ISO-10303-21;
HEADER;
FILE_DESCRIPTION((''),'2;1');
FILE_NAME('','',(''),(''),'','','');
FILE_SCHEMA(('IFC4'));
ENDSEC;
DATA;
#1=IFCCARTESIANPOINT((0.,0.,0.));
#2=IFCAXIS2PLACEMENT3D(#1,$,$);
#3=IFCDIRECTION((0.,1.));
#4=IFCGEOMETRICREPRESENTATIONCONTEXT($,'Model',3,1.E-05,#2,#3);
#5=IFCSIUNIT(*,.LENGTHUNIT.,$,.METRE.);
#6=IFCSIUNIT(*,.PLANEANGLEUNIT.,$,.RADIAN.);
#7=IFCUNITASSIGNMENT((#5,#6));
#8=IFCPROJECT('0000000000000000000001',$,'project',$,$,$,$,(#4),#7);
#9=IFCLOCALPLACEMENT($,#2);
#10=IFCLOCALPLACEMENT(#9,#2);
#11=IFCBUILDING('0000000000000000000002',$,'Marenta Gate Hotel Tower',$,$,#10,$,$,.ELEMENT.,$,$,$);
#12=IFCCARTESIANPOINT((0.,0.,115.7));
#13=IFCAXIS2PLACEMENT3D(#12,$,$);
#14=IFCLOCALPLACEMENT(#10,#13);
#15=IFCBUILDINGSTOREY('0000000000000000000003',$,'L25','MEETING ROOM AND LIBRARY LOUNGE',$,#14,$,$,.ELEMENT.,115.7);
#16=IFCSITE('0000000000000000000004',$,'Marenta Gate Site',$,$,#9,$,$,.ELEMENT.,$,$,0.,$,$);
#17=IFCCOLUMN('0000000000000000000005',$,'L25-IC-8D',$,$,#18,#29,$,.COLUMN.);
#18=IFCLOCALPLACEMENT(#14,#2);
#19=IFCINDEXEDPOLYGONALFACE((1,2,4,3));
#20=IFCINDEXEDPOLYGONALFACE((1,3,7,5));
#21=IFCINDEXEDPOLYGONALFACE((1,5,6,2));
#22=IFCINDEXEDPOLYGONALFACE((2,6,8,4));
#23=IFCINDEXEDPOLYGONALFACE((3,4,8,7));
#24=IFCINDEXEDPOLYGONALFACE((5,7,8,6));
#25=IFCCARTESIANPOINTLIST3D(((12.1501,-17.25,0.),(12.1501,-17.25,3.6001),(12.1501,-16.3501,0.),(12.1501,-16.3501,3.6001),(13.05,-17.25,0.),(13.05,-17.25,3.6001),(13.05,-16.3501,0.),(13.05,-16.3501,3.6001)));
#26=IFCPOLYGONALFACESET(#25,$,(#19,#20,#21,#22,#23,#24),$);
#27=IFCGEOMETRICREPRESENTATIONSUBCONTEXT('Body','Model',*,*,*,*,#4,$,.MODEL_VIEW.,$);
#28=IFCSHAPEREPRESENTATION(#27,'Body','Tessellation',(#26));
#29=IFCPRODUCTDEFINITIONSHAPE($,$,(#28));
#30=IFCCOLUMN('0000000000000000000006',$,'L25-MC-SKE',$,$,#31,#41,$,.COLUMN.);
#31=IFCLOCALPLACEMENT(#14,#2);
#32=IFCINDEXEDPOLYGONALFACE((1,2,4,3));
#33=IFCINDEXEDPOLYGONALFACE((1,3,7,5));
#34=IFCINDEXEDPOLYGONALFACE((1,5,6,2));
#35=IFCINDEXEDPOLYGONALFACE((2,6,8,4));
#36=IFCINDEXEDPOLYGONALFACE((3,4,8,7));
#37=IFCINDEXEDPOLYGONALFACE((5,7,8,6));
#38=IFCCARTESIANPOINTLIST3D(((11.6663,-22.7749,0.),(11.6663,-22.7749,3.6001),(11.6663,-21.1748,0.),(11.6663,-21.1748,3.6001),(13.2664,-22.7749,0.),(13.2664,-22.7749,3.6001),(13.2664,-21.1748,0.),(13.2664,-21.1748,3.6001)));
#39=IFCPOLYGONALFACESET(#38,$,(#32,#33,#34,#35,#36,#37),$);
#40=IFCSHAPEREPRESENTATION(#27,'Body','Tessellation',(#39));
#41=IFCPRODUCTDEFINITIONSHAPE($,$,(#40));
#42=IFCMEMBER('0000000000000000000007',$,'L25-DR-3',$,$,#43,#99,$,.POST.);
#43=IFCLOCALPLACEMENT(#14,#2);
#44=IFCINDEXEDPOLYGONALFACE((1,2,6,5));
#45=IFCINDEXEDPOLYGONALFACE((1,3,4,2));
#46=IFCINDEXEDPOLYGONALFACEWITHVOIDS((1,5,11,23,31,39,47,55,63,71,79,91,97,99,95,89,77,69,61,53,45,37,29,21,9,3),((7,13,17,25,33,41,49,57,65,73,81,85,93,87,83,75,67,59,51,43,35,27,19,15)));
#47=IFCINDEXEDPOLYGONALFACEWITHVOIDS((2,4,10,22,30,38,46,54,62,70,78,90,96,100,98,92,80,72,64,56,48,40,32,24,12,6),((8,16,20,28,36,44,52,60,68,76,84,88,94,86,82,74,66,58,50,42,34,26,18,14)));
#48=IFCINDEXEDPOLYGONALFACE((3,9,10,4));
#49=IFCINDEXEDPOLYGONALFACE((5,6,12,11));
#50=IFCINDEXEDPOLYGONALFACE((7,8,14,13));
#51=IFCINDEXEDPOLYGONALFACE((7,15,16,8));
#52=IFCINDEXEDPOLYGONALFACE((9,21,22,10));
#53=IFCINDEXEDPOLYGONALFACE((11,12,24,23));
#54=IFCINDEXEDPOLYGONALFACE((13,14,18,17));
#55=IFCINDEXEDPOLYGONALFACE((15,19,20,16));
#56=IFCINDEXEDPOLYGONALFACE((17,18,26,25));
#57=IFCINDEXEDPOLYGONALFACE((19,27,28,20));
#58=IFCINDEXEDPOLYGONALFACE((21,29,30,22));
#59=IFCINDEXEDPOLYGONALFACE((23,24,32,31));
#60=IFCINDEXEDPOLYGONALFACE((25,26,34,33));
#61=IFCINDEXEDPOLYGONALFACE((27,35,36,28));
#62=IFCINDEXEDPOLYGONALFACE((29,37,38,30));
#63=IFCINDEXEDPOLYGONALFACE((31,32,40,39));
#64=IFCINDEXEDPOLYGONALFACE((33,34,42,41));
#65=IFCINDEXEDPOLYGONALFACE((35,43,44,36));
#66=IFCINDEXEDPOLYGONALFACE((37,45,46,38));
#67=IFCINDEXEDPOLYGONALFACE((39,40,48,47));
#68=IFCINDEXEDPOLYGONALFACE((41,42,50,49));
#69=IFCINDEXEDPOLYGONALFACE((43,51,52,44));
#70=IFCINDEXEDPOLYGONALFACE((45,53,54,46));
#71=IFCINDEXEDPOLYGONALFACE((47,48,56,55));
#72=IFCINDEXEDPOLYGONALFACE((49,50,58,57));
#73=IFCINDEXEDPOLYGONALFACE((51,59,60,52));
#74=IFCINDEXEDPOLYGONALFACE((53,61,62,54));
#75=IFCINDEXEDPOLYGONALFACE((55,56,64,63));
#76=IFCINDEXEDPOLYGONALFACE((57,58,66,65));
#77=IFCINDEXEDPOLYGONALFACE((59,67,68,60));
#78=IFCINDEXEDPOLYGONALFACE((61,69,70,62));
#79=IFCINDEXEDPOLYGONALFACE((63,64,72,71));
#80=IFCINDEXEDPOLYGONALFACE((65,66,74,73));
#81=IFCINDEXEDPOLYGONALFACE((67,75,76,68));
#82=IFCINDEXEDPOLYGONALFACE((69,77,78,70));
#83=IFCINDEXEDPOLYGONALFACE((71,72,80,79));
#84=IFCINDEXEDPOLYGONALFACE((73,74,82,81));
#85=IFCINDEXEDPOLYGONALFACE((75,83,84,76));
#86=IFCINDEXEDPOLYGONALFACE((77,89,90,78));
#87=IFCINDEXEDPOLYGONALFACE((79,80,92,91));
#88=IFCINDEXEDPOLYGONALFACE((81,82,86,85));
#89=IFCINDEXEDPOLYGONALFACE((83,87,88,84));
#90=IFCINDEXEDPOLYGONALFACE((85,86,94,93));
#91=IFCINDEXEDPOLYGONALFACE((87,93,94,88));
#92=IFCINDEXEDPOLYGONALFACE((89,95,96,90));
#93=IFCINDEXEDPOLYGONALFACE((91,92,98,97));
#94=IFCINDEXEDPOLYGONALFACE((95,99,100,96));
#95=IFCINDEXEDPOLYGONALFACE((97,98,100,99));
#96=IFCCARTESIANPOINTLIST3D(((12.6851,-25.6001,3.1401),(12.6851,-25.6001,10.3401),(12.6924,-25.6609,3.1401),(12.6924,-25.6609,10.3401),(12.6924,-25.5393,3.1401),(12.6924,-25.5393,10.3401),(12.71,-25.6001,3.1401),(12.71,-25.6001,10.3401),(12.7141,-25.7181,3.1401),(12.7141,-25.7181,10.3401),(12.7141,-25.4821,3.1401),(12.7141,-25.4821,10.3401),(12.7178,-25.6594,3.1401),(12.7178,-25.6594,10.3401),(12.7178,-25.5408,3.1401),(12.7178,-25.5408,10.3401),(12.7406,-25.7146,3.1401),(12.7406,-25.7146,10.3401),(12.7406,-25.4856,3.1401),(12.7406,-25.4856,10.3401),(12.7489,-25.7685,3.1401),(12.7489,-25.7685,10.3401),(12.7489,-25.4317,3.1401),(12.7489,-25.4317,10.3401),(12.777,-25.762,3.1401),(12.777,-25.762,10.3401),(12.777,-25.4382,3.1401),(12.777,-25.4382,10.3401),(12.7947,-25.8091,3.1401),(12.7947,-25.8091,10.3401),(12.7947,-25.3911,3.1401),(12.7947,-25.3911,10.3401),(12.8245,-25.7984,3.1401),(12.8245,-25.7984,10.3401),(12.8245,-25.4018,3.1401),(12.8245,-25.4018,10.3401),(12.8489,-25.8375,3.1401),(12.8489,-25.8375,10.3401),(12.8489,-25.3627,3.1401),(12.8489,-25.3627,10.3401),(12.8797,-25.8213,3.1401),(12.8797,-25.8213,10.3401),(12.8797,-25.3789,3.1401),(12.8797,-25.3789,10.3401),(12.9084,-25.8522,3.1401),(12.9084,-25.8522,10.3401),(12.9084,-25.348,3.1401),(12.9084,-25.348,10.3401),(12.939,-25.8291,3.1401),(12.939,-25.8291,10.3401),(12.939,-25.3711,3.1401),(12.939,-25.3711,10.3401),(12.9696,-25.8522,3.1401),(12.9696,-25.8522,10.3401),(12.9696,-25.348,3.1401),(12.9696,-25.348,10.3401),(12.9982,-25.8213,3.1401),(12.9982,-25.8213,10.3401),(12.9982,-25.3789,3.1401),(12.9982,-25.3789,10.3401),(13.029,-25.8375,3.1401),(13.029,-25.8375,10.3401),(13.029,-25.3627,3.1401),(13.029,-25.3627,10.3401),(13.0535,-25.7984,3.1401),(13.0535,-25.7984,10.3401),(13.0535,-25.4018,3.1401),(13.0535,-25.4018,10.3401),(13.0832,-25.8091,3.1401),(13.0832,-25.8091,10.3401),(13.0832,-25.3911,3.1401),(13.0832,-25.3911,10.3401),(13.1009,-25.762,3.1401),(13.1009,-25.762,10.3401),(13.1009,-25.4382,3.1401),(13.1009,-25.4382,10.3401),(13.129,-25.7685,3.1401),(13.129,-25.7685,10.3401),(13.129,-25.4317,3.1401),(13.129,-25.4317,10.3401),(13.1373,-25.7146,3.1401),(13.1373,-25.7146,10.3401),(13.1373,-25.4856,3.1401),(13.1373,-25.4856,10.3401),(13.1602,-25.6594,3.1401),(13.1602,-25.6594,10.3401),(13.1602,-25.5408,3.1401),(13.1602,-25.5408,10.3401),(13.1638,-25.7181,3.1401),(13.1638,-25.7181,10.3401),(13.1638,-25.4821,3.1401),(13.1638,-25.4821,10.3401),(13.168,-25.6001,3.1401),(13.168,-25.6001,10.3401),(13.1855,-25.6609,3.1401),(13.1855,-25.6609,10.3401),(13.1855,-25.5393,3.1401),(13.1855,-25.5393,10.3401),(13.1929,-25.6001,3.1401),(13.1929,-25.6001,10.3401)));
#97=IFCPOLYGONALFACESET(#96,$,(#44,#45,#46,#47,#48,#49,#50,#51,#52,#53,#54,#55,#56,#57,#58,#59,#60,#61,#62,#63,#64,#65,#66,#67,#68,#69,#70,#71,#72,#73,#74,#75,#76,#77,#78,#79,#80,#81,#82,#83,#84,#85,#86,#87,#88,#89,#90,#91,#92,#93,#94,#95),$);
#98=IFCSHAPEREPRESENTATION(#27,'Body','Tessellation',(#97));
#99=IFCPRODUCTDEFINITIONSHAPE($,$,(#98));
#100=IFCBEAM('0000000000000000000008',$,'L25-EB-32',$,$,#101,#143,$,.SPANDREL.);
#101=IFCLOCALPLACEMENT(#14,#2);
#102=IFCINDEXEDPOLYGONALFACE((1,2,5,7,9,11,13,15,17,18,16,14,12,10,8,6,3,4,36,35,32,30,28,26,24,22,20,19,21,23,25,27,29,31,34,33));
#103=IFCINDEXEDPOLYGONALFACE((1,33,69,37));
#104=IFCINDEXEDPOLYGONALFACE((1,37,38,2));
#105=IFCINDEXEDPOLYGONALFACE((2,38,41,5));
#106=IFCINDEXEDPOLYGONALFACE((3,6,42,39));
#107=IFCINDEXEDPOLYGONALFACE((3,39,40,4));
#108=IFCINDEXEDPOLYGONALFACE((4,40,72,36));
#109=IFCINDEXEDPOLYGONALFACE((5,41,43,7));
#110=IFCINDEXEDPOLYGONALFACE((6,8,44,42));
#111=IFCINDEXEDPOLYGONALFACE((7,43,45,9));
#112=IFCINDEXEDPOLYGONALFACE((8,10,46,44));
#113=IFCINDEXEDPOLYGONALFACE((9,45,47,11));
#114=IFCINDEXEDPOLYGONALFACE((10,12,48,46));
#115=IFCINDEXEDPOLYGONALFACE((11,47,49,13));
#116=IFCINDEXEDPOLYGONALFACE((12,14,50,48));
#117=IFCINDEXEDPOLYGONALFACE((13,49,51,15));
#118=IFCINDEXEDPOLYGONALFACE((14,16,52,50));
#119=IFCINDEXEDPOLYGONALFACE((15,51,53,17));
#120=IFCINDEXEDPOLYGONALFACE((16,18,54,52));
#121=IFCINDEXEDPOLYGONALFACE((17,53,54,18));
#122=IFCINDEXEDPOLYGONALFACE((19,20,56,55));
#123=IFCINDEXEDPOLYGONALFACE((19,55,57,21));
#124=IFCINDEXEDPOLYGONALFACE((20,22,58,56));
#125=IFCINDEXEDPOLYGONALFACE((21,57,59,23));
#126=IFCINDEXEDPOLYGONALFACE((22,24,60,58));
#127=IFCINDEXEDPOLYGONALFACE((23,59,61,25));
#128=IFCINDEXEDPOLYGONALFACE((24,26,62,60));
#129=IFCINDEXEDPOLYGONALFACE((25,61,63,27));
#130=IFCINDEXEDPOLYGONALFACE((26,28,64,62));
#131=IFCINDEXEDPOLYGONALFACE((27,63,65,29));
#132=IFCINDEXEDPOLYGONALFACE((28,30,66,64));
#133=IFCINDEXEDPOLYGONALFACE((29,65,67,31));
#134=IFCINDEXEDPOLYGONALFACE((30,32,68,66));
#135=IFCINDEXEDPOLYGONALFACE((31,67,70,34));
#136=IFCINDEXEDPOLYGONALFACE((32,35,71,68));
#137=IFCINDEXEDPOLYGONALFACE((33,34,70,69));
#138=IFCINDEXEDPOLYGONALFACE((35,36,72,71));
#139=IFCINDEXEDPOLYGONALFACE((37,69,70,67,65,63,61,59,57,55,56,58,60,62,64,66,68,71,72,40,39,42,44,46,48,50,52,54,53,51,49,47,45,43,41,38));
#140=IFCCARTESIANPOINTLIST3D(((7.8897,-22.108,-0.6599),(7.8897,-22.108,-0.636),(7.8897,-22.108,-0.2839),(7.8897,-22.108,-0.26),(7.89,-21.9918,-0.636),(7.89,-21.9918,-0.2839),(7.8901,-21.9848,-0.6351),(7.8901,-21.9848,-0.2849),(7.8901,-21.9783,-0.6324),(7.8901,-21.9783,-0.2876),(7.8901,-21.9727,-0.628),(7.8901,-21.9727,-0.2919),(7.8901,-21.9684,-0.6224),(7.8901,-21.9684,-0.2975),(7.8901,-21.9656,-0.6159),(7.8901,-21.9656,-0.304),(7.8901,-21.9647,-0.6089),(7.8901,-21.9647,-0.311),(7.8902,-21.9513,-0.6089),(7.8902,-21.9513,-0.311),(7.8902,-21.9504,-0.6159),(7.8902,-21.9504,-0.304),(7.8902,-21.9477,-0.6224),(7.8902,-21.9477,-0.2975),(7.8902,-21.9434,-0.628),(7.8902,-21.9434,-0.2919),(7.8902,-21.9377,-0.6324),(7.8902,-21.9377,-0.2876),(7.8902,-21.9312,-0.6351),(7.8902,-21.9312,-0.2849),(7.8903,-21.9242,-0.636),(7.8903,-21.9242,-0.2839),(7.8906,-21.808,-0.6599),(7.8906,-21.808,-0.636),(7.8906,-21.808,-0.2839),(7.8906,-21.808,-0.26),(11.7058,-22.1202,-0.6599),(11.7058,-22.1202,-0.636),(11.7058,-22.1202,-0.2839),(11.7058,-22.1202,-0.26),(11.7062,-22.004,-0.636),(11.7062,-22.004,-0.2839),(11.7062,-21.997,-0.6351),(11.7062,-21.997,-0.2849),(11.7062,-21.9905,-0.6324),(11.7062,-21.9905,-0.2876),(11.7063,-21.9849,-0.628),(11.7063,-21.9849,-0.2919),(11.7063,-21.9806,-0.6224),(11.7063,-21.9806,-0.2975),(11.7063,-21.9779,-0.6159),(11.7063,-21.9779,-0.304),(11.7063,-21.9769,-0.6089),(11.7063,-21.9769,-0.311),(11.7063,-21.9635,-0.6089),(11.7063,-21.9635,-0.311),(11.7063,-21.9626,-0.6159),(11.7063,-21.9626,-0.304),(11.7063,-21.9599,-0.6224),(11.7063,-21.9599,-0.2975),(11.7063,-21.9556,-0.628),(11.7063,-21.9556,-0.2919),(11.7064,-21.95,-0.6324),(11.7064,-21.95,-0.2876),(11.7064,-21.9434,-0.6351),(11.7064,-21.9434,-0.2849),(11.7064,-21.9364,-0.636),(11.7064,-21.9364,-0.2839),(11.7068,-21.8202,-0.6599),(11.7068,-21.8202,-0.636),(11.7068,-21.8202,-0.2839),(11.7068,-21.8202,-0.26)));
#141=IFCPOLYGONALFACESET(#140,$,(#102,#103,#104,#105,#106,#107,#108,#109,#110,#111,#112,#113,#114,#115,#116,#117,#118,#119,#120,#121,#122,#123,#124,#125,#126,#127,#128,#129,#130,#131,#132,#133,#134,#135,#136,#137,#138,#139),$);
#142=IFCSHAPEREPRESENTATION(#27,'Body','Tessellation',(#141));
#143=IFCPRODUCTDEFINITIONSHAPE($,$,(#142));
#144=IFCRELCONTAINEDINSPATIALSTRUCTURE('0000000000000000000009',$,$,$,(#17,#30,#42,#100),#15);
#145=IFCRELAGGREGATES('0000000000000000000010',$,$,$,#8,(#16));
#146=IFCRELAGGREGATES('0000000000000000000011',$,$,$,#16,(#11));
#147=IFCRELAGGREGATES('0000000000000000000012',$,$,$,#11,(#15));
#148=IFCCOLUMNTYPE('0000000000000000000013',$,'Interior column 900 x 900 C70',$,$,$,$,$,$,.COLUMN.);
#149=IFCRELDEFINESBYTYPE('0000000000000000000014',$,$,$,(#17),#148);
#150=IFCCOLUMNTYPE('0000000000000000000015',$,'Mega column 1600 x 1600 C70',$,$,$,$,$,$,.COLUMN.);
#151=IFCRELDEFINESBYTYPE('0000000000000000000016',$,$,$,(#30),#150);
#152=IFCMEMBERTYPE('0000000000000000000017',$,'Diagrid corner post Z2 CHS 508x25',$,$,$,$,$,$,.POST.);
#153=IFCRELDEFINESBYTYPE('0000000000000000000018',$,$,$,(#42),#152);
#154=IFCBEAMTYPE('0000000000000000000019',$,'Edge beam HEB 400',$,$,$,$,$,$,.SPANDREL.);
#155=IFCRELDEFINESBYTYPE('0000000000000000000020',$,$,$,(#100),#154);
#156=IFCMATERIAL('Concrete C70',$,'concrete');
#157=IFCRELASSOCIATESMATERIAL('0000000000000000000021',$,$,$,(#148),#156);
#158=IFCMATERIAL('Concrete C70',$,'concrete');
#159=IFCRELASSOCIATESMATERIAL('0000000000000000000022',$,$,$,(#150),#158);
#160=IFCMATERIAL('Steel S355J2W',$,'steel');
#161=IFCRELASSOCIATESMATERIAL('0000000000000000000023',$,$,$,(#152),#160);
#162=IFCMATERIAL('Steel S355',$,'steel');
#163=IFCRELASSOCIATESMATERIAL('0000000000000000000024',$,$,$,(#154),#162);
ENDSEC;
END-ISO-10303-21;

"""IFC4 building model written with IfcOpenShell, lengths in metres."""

from ifc_helpers import new_model, si_unit, direction, frame, origin, origin_2d, place, context, subcontext, project, spatial, rectangle, hollow_circle, i_section, extrude, material, material_profile, profile_set, type_object, element, save


model = new_model("IFC4")

# Units and contexts
model_context = context("Model", 3, precision=1e-05, world=origin(), true_north=direction((0.0, 1.0)))
body_context = subcontext(model_context, "Body", "Model", "MODEL_VIEW")
ifc_project = project(units=[si_unit("LENGTHUNIT", "METRE"), si_unit("PLANEANGLEUNIT", "RADIAN")], contexts=[model_context])

# Site, building, storey
site_placement = place(None, origin())
site = spatial("IfcSite", under=ifc_project, at=site_placement, Name="Marenta Gate Site", CompositionType="ELEMENT", RefElevation=0.0)
building_placement = place(site_placement, origin())
building = spatial("IfcBuilding", under=site, at=building_placement, Name="Marenta Gate Hotel Tower", CompositionType="ELEMENT")
storey_placement = place(building_placement, frame((0.0, 0.0, 115.7)))
storey = spatial("IfcBuildingStorey", under=building, at=storey_placement, Name="L25", Description="MEETING ROOM AND LIBRARY LOUNGE", CompositionType="ELEMENT", Elevation=115.7)

# Columns
ifc_material_1 = material(Name="Concrete C70", Category="concrete")
ifc_material_profile_1 = material_profile(ifc_material_1, rectangle(XDim=0.8999, YDim=0.8999, at=origin_2d()), Name="900 x 900")
ifc_profile_set_1 = profile_set([ifc_material_profile_1], Name="Concrete C70")
column_type_1 = type_object("IfcColumnType", Name="Interior column 900 x 900 C70", PredefinedType="COLUMN", material=ifc_profile_set_1)
column_1_placement = place(storey_placement, frame((12.6001, -16.8, 0.0), z_axis=(0.0, 0.0, 1.0), x_axis=(1.0, 0.0, 0.0)))
element("IfcColumn", 1, at=column_1_placement, inside=storey, type_object=column_type_1, Name="L25-IC-8D", PredefinedType="COLUMN", context=body_context, shape_type="SweptSolid", body=[
    extrude(rectangle(XDim=0.8999, YDim=0.8999, at=origin_2d()), origin(), (0.0, 0.0, 1.0), 3.6001),
])
ifc_material_2 = material(Name="Concrete C70", Category="concrete")
ifc_material_profile_2 = material_profile(ifc_material_2, rectangle(XDim=1.6001, YDim=1.6001, at=origin_2d()), Name="1600 x 1600")
ifc_profile_set_2 = profile_set([ifc_material_profile_2], Name="Concrete C70")
column_type_2 = type_object("IfcColumnType", Name="Mega column 1600 x 1600 C70", PredefinedType="COLUMN", material=ifc_profile_set_2)
column_2_placement = place(storey_placement, frame((12.4663, -21.9749, 0.0), z_axis=(0.0, 0.0, 1.0), x_axis=(1.0, 0.0, 0.0)))
element("IfcColumn", 2, at=column_2_placement, inside=storey, type_object=column_type_2, Name="L25-MC-SKE", PredefinedType="COLUMN", context=body_context, shape_type="SweptSolid", body=[
    extrude(rectangle(XDim=1.6001, YDim=1.6001, at=origin_2d()), origin(), (0.0, 0.0, 1.0), 3.6001),
])

# Member
ifc_material_3 = material(Name="Steel S355J2W", Category="steel")
ifc_material_profile_3 = material_profile(ifc_material_3, hollow_circle(Radius=0.2539, WallThickness=0.0249, at=origin_2d()), Name="CHS 508x25")
ifc_profile_set_3 = profile_set([ifc_material_profile_3], Name="Steel S355J2W")
member_type_1 = type_object("IfcMemberType", Name="Diagrid corner post Z2 CHS 508x25", PredefinedType="POST", material=ifc_profile_set_3)
member_1_placement = place(storey_placement, frame((12.939, -25.6001, 3.1401), z_axis=(0.0, 0.0, 1.0), x_axis=(1.0, 0.0, 0.0)))
element("IfcMember", 3, at=member_1_placement, inside=storey, type_object=member_type_1, Name="L25-DR-3", PredefinedType="POST", context=body_context, shape_type="SweptSolid", body=[
    extrude(hollow_circle(Radius=0.2539, WallThickness=0.0249, at=origin_2d()), origin(), (0.0, 0.0, 1.0), 7.2),
])

# Beam
ifc_material_4 = material(Name="Steel S355", Category="steel")
ifc_material_profile_4 = material_profile(ifc_material_4, i_section(OverallWidth=0.3, OverallDepth=0.3999, WebThickness=0.0134, FlangeThickness=0.0239, FilletRadius=0.0271, at=origin_2d()), Name="HEB 400")
ifc_profile_set_4 = profile_set([ifc_material_profile_4], Name="Steel S355")
beam_type = type_object("IfcBeamType", Name="Edge beam HEB 400", PredefinedType="SPANDREL", material=ifc_profile_set_4)
beam_placement = place(storey_placement, frame((11.7063, -21.9702, -0.46), z_axis=(-0.999995, 0.003199, 0.0), x_axis=(-0.003199, -0.999995, 0.0)))
element("IfcBeam", 4, at=beam_placement, inside=storey, type_object=beam_type, Name="L25-EB-32", PredefinedType="SPANDREL", context=body_context, shape_type="SweptSolid", body=[
    extrude(i_section(OverallWidth=0.3, OverallDepth=0.3999, WebThickness=0.0134, FlangeThickness=0.0239, FilletRadius=0.0271, at=origin_2d()), origin(), (0.0, 0.0, 1.0), 3.8162),
])

save(model, "model.ifc")
